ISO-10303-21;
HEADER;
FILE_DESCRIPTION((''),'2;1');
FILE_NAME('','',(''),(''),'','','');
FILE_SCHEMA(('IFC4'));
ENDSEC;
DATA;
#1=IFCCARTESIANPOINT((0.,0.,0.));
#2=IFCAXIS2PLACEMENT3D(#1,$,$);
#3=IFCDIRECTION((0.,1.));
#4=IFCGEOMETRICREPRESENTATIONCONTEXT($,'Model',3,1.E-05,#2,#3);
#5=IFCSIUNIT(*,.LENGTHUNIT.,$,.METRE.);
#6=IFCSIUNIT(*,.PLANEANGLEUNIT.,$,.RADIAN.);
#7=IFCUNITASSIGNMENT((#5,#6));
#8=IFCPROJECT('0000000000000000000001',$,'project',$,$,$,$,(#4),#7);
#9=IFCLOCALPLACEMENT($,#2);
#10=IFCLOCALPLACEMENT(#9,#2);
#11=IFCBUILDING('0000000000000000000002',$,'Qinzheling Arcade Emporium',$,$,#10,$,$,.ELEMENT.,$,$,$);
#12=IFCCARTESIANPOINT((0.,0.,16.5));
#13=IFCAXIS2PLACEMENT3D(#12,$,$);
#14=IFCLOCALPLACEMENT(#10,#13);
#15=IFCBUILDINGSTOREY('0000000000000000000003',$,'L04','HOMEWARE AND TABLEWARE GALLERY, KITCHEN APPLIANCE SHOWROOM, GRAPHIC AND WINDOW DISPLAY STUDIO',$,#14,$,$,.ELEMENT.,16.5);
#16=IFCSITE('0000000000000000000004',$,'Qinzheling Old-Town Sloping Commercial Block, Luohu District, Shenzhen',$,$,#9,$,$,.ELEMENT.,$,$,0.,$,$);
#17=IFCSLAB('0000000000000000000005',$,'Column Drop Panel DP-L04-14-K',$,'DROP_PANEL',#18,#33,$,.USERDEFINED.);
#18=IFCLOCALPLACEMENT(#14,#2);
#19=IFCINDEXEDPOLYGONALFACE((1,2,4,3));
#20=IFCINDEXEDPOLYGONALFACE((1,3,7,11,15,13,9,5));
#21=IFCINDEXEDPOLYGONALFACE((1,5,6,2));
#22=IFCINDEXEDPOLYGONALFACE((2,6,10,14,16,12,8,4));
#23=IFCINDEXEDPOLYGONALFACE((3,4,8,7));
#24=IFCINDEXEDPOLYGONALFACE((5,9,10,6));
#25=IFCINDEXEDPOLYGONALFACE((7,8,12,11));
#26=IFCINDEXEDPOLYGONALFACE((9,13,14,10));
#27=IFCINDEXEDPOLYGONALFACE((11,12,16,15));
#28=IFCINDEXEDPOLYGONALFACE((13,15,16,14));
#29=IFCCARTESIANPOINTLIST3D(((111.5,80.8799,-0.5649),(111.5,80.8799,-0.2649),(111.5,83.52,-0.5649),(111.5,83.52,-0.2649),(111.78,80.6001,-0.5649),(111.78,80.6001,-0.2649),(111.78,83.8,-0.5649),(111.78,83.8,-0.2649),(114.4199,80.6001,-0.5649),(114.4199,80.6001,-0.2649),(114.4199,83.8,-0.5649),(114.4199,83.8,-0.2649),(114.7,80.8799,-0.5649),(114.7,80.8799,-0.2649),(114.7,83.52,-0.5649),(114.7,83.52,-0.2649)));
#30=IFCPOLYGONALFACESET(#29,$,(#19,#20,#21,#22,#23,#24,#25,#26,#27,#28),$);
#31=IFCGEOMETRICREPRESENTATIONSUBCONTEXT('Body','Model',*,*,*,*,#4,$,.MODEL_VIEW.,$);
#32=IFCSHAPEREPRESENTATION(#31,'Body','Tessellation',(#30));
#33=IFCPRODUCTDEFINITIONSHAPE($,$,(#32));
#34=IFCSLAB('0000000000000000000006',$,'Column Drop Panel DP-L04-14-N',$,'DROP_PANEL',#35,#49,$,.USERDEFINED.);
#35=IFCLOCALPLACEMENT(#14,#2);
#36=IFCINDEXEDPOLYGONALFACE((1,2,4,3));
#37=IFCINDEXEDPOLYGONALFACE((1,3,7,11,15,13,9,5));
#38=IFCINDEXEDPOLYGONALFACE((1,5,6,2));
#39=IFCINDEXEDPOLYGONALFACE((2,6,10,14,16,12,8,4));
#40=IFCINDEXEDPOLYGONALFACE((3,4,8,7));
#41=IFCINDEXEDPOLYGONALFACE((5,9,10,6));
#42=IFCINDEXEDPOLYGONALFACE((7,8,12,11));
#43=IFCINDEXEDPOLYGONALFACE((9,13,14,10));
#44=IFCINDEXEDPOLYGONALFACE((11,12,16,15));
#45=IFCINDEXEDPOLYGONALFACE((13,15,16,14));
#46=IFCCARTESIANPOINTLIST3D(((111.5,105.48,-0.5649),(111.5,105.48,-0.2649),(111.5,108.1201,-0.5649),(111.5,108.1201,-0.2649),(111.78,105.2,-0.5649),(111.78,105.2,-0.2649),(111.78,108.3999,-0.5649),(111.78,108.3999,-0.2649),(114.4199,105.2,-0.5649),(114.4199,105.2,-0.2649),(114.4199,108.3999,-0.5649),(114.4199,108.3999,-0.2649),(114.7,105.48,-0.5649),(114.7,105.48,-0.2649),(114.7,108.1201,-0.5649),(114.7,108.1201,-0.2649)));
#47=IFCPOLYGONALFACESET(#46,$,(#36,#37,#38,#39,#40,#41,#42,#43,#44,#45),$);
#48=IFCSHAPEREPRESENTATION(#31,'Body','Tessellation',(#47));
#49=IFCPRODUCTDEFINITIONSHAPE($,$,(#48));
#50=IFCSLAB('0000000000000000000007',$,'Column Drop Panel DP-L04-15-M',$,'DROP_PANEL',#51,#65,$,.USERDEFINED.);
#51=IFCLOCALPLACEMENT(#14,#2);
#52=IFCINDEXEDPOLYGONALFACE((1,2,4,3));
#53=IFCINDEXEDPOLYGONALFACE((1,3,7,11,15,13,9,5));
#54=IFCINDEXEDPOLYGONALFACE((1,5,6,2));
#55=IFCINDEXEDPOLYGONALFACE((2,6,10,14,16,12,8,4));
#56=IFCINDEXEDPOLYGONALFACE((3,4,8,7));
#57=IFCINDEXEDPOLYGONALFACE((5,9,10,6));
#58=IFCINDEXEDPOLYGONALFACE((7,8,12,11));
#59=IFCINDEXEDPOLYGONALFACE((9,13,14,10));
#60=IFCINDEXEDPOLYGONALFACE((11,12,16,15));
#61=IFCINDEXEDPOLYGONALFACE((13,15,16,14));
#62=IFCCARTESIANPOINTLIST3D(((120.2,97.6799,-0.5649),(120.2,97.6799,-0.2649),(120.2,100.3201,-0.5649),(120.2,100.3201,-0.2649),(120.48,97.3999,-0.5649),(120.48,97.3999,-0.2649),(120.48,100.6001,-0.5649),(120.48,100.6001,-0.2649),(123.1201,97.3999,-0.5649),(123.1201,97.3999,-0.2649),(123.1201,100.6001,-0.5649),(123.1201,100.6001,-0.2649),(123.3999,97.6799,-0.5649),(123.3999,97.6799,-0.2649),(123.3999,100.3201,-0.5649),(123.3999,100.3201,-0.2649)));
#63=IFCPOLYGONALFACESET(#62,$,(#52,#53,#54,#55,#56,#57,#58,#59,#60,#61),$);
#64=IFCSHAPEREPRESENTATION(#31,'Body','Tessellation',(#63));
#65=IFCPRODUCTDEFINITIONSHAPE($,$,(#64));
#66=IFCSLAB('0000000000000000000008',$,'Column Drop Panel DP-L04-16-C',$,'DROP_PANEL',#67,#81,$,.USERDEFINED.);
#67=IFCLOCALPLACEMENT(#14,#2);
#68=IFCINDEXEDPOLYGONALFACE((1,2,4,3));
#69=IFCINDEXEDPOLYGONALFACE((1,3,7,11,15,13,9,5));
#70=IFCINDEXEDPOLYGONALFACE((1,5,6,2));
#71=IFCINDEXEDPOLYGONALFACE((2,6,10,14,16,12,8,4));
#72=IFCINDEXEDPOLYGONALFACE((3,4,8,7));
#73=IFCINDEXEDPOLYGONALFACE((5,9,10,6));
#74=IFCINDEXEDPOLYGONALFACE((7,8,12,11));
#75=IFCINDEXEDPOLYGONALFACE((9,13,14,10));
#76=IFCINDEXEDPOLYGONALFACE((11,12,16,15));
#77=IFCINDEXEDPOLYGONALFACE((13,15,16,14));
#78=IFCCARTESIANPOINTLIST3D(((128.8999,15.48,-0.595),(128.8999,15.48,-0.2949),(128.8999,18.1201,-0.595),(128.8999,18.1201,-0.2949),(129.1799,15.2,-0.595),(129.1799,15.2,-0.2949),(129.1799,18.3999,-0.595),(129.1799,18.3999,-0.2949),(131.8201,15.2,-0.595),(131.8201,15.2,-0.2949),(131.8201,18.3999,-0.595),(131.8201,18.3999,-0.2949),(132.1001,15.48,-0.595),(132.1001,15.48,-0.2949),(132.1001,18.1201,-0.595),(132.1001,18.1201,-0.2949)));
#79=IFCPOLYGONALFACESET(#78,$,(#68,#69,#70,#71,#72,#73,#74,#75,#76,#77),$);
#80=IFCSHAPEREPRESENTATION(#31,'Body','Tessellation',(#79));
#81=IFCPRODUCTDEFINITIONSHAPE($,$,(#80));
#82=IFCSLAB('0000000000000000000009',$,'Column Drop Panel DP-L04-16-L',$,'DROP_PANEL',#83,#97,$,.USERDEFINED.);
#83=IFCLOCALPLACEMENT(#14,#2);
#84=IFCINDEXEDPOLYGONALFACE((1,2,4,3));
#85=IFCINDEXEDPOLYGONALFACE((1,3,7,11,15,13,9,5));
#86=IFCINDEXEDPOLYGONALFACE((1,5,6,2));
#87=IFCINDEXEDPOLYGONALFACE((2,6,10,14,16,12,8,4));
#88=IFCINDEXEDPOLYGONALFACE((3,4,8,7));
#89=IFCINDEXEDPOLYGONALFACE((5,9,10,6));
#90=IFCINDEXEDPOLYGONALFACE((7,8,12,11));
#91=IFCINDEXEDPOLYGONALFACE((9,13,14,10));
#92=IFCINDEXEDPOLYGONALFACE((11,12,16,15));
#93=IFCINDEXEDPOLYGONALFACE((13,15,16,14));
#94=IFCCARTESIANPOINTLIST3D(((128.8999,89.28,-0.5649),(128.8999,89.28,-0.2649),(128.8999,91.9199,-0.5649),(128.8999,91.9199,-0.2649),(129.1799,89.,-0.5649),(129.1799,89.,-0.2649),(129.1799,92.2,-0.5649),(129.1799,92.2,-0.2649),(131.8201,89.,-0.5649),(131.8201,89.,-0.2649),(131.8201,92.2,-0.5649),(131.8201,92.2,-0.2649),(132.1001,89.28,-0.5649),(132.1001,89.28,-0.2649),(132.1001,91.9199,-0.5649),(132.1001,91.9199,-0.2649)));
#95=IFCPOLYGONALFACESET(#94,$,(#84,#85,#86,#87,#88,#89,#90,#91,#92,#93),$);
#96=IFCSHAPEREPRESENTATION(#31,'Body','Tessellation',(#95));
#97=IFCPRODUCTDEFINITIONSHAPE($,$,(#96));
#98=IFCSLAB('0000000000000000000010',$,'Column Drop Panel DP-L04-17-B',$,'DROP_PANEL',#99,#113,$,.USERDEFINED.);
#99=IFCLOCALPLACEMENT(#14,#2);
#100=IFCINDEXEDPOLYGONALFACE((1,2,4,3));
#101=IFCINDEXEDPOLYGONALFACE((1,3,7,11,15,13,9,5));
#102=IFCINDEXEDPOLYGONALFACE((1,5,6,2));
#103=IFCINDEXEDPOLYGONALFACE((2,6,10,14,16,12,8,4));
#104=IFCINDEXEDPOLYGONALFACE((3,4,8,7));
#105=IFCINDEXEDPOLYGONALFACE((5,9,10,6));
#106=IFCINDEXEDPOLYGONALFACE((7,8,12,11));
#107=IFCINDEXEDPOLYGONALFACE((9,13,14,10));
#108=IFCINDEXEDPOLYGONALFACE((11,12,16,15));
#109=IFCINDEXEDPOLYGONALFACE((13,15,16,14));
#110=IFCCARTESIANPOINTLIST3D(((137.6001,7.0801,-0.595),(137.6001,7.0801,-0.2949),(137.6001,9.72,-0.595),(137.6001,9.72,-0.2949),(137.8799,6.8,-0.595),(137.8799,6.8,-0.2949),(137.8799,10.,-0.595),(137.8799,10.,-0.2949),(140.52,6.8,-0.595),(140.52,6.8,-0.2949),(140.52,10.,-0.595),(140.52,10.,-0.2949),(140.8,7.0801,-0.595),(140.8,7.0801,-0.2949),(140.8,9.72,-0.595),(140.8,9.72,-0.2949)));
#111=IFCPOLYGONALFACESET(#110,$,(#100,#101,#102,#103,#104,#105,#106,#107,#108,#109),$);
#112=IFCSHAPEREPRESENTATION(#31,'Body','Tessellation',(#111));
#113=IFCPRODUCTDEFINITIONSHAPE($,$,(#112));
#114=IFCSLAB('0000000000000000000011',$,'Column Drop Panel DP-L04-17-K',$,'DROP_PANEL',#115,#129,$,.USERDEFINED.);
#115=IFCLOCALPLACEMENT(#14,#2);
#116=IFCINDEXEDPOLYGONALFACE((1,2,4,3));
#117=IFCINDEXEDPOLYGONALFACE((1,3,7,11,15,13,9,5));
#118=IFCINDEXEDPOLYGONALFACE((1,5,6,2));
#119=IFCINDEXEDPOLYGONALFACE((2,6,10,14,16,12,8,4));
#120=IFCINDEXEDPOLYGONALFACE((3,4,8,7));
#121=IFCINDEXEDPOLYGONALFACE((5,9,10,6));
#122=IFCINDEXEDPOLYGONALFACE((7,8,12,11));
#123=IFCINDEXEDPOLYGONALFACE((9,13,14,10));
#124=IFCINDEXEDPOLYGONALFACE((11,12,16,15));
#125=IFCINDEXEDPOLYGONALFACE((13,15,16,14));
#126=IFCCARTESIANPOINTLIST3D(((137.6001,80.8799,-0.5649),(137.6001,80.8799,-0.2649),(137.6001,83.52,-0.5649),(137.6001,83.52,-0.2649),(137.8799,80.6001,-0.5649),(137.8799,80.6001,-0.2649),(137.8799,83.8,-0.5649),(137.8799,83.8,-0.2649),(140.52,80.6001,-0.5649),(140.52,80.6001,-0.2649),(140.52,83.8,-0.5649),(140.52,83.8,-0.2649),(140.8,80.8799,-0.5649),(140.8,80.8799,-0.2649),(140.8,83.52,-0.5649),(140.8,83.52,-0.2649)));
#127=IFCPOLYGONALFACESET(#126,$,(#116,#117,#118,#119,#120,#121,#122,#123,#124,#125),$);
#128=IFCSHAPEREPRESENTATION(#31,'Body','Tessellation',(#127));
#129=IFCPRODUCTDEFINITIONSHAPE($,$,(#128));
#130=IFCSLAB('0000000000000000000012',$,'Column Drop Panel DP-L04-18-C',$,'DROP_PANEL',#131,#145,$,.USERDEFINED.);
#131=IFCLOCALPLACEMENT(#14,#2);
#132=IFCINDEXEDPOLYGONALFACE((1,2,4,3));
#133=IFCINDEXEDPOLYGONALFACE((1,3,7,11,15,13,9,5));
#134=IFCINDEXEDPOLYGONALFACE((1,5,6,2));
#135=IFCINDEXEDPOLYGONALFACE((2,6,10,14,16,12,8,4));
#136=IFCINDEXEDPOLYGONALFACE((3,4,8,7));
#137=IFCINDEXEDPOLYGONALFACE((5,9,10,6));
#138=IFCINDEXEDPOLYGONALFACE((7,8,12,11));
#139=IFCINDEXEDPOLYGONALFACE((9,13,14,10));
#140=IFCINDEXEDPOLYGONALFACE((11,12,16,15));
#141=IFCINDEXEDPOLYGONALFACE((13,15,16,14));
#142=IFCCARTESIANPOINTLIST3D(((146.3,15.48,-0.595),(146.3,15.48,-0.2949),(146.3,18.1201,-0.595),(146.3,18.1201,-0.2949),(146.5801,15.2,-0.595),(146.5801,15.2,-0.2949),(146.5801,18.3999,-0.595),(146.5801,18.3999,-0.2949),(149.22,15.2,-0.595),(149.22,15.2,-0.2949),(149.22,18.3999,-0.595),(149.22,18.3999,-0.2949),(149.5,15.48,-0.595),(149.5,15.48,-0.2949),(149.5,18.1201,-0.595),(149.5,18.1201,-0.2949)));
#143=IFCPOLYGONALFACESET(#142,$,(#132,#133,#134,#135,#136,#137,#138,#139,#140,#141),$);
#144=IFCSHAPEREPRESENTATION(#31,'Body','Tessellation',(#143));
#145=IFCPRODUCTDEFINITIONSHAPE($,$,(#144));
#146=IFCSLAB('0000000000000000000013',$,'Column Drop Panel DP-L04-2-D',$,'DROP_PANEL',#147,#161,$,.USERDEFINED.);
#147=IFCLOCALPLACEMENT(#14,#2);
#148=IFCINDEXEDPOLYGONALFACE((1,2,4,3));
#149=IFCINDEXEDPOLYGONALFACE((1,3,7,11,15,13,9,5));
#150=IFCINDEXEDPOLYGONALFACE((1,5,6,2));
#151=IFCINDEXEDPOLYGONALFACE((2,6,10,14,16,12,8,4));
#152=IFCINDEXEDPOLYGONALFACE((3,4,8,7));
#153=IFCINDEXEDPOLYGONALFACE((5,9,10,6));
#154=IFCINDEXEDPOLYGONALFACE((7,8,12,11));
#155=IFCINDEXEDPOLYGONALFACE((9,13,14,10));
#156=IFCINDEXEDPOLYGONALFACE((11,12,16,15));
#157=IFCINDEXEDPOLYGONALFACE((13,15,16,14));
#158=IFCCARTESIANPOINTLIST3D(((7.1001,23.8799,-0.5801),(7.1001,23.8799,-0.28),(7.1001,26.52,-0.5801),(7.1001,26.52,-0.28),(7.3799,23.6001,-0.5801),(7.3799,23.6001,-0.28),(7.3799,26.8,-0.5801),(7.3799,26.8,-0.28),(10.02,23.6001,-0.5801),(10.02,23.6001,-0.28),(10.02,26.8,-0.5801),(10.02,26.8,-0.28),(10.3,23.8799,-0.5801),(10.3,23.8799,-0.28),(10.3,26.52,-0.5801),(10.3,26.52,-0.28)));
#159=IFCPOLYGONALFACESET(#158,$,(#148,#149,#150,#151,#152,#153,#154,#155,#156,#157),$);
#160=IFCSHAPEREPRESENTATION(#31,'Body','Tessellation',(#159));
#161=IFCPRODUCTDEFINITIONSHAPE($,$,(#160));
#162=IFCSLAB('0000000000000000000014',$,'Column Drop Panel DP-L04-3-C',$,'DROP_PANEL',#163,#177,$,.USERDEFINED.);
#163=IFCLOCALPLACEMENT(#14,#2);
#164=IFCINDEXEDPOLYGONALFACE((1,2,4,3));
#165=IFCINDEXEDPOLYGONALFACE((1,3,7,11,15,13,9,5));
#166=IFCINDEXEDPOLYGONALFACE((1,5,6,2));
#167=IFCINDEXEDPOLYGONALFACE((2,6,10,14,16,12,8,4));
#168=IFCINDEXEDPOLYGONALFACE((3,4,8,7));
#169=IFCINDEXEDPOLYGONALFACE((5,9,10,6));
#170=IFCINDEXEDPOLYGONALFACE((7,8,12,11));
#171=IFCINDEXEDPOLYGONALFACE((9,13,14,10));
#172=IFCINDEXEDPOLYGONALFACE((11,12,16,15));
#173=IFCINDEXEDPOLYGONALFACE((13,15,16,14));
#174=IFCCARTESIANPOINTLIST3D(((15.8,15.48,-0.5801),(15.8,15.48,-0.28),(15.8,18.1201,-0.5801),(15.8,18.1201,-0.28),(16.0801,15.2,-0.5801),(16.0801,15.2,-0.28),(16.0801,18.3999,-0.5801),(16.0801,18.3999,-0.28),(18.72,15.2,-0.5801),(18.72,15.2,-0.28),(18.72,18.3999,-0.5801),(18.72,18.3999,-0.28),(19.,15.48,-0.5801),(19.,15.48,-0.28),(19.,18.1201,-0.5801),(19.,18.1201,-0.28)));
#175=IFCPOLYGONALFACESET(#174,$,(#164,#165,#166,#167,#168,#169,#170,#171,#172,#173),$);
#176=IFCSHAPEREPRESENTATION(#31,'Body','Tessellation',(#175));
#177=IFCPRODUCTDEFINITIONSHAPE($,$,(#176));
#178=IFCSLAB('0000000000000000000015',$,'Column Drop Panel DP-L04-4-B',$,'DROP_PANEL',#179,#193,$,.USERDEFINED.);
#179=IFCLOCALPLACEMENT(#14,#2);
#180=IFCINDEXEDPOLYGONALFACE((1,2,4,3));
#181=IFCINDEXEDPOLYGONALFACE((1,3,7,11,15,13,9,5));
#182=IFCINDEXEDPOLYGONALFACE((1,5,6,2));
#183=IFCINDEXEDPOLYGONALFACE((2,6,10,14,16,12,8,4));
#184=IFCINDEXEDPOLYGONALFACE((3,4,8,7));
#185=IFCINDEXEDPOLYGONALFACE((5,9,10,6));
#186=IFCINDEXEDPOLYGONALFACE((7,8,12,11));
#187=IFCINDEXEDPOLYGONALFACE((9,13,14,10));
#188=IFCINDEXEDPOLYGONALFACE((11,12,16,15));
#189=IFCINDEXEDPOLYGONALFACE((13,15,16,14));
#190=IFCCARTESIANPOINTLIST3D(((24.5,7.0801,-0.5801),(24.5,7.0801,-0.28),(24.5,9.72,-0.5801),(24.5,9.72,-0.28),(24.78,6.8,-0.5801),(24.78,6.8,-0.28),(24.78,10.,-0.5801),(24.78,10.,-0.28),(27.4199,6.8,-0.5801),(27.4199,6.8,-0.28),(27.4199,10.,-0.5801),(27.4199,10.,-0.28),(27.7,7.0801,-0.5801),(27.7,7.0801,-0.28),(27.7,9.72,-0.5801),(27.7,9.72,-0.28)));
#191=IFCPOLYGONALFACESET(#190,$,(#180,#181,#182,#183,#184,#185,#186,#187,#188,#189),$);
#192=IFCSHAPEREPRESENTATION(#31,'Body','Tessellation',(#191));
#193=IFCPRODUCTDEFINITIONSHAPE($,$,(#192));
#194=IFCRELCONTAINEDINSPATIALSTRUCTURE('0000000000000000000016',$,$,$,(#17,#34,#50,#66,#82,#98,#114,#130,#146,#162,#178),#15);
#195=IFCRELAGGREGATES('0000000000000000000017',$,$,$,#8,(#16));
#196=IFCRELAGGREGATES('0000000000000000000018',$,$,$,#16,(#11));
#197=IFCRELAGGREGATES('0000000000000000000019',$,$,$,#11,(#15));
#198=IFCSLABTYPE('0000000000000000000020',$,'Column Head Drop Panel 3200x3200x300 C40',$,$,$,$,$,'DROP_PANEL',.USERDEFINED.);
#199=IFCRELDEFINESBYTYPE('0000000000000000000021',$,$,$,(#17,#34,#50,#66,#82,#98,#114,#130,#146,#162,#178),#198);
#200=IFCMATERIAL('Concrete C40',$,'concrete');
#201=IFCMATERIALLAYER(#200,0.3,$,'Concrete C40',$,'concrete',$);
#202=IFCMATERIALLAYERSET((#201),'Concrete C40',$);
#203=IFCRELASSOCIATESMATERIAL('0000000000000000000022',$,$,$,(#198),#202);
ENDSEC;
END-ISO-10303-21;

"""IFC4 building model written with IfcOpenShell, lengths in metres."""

from ifc_helpers import new_model, si_unit, direction, frame, origin, place, context, subcontext, project, spatial, polyline, outline, extrude, material, layer, layer_set, type_object, element, save


model = new_model("IFC4")

# Units and contexts
model_context = context("Model", 3, precision=1e-05, world=origin(), true_north=direction((0.0, 1.0)))
body_context = subcontext(model_context, "Body", "Model", "MODEL_VIEW")
ifc_project = project(units=[si_unit("LENGTHUNIT", "METRE"), si_unit("PLANEANGLEUNIT", "RADIAN")], contexts=[model_context])

# Site, building, storey
site_placement = place(None, origin())
site = spatial("IfcSite", under=ifc_project, at=site_placement, Name="Qinzheling Old-Town Sloping Commercial Block, Luohu District, Shenzhen", CompositionType="ELEMENT", RefElevation=0.0)
building_placement = place(site_placement, origin())
building = spatial("IfcBuilding", under=site, at=building_placement, Name="Qinzheling Arcade Emporium", CompositionType="ELEMENT")
storey_placement = place(building_placement, frame((0.0, 0.0, 16.5)))
storey = spatial("IfcBuildingStorey", under=building, at=storey_placement, Name="L04", Description="HOMEWARE AND TABLEWARE GALLERY, KITCHEN APPLIANCE SHOWROOM, GRAPHIC AND WINDOW DISPLAY STUDIO", CompositionType="ELEMENT", Elevation=16.5)

# Slabs
ifc_material = material(Name="Concrete C40", Category="concrete")
ifc_layer_1 = layer(ifc_material, 0.3, Name="Concrete C40", Category="concrete")
ifc_layer_set_1 = layer_set([ifc_layer_1], Name="Concrete C40")
slab_type_1 = type_object("IfcSlabType", Name="Column Head Drop Panel 3200x3200x300 C40", ElementType="DROP_PANEL", PredefinedType="USERDEFINED", material=ifc_layer_set_1)
slab_1_placement = place(storey_placement, frame((0.0, 0.0, -0.5649)))
element("IfcSlab", 1, at=slab_1_placement, inside=storey, type_object=slab_type_1, Name="Column Drop Panel DP-L04-14-K", ObjectType="DROP_PANEL", PredefinedType="USERDEFINED", context=body_context, shape_type="SweptSolid", body=[
    extrude(outline(polyline([(111.78, 80.6001), (114.4199, 80.6001), (114.7, 80.8799), (114.7, 83.52), (114.4199, 83.8), (111.78, 83.8), (111.5, 83.52), (111.5, 80.8799), (111.78, 80.6001)])), origin(), (0.0, 0.0, 1.0), 0.3),
])
slab_2_placement = place(storey_placement, frame((0.0, 0.0, -0.5649)))
element("IfcSlab", 2, at=slab_2_placement, inside=storey, type_object=slab_type_1, Name="Column Drop Panel DP-L04-14-N", ObjectType="DROP_PANEL", PredefinedType="USERDEFINED", context=body_context, shape_type="SweptSolid", body=[
    extrude(outline(polyline([(111.78, 105.2), (114.4199, 105.2), (114.7, 105.48), (114.7, 108.1201), (114.4199, 108.3999), (111.78, 108.3999), (111.5, 108.1201), (111.5, 105.48), (111.78, 105.2)])), origin(), (0.0, 0.0, 1.0), 0.3),
])
slab_3_placement = place(storey_placement, frame((0.0, 0.0, -0.5649)))
element("IfcSlab", 3, at=slab_3_placement, inside=storey, type_object=slab_type_1, Name="Column Drop Panel DP-L04-15-M", ObjectType="DROP_PANEL", PredefinedType="USERDEFINED", context=body_context, shape_type="SweptSolid", body=[
    extrude(outline(polyline([(120.48, 97.3999), (123.1201, 97.3999), (123.3999, 97.6799), (123.3999, 100.3201), (123.1201, 100.6001), (120.48, 100.6001), (120.2, 100.3201), (120.2, 97.6799), (120.48, 97.3999)])), origin(), (0.0, 0.0, 1.0), 0.3),
])
slab_4_placement = place(storey_placement, frame((0.0, 0.0, -0.595)))
element("IfcSlab", 4, at=slab_4_placement, inside=storey, type_object=slab_type_1, Name="Column Drop Panel DP-L04-16-C", ObjectType="DROP_PANEL", PredefinedType="USERDEFINED", context=body_context, shape_type="SweptSolid", body=[
    extrude(outline(polyline([(129.1799, 15.2), (131.8201, 15.2), (132.1001, 15.48), (132.1001, 18.1201), (131.8201, 18.3999), (129.1799, 18.3999), (128.8999, 18.1201), (128.8999, 15.48), (129.1799, 15.2)])), origin(), (0.0, 0.0, 1.0), 0.3),
])
slab_5_placement = place(storey_placement, frame((0.0, 0.0, -0.5649)))
element("IfcSlab", 5, at=slab_5_placement, inside=storey, type_object=slab_type_1, Name="Column Drop Panel DP-L04-16-L", ObjectType="DROP_PANEL", PredefinedType="USERDEFINED", context=body_context, shape_type="SweptSolid", body=[
    extrude(outline(polyline([(129.1799, 89.0), (131.8201, 89.0), (132.1001, 89.28), (132.1001, 91.9199), (131.8201, 92.2), (129.1799, 92.2), (128.8999, 91.9199), (128.8999, 89.28), (129.1799, 89.0)])), origin(), (0.0, 0.0, 1.0), 0.3),
])
slab_6_placement = place(storey_placement, frame((0.0, 0.0, -0.595)))
element("IfcSlab", 6, at=slab_6_placement, inside=storey, type_object=slab_type_1, Name="Column Drop Panel DP-L04-17-B", ObjectType="DROP_PANEL", PredefinedType="USERDEFINED", context=body_context, shape_type="SweptSolid", body=[
    extrude(outline(polyline([(137.8799, 6.8), (140.52, 6.8), (140.8, 7.0801), (140.8, 9.72), (140.52, 10.0), (137.8799, 10.0), (137.6001, 9.72), (137.6001, 7.0801), (137.8799, 6.8)])), origin(), (0.0, 0.0, 1.0), 0.3),
])
slab_7_placement = place(storey_placement, frame((0.0, 0.0, -0.5649)))
element("IfcSlab", 7, at=slab_7_placement, inside=storey, type_object=slab_type_1, Name="Column Drop Panel DP-L04-17-K", ObjectType="DROP_PANEL", PredefinedType="USERDEFINED", context=body_context, shape_type="SweptSolid", body=[
    extrude(outline(polyline([(137.8799, 80.6001), (140.52, 80.6001), (140.8, 80.8799), (140.8, 83.52), (140.52, 83.8), (137.8799, 83.8), (137.6001, 83.52), (137.6001, 80.8799), (137.8799, 80.6001)])), origin(), (0.0, 0.0, 1.0), 0.3),
])
slab_8_placement = place(storey_placement, frame((0.0, 0.0, -0.595)))
element("IfcSlab", 8, at=slab_8_placement, inside=storey, type_object=slab_type_1, Name="Column Drop Panel DP-L04-18-C", ObjectType="DROP_PANEL", PredefinedType="USERDEFINED", context=body_context, shape_type="SweptSolid", body=[
    extrude(outline(polyline([(146.5801, 15.2), (149.22, 15.2), (149.5, 15.48), (149.5, 18.1201), (149.22, 18.3999), (146.5801, 18.3999), (146.3, 18.1201), (146.3, 15.48), (146.5801, 15.2)])), origin(), (0.0, 0.0, 1.0), 0.3),
])
slab_9_placement = place(storey_placement, frame((0.0, 0.0, -0.5801)))
element("IfcSlab", 9, at=slab_9_placement, inside=storey, type_object=slab_type_1, Name="Column Drop Panel DP-L04-2-D", ObjectType="DROP_PANEL", PredefinedType="USERDEFINED", context=body_context, shape_type="SweptSolid", body=[
    extrude(outline(polyline([(7.3799, 23.6001), (10.02, 23.6001), (10.3, 23.8799), (10.3, 26.52), (10.02, 26.8), (7.3799, 26.8), (7.1001, 26.52), (7.1001, 23.8799), (7.3799, 23.6001)])), origin(), (0.0, 0.0, 1.0), 0.3),
])
slab_10_placement = place(storey_placement, frame((0.0, 0.0, -0.5801)))
element("IfcSlab", 10, at=slab_10_placement, inside=storey, type_object=slab_type_1, Name="Column Drop Panel DP-L04-3-C", ObjectType="DROP_PANEL", PredefinedType="USERDEFINED", context=body_context, shape_type="SweptSolid", body=[
    extrude(outline(polyline([(16.0801, 15.2), (18.72, 15.2), (19.0, 15.48), (19.0, 18.1201), (18.72, 18.3999), (16.0801, 18.3999), (15.8, 18.1201), (15.8, 15.48), (16.0801, 15.2)])), origin(), (0.0, 0.0, 1.0), 0.3),
])
slab_11_placement = place(storey_placement, frame((0.0, 0.0, -0.5801)))
element("IfcSlab", 11, at=slab_11_placement, inside=storey, type_object=slab_type_1, Name="Column Drop Panel DP-L04-4-B", ObjectType="DROP_PANEL", PredefinedType="USERDEFINED", context=body_context, shape_type="SweptSolid", body=[
    extrude(outline(polyline([(24.78, 6.8), (27.4199, 6.8), (27.7, 7.0801), (27.7, 9.72), (27.4199, 10.0), (24.78, 10.0), (24.5, 9.72), (24.5, 7.0801), (24.78, 6.8)])), origin(), (0.0, 0.0, 1.0), 0.3),
])

save(model, "model.ifc")
